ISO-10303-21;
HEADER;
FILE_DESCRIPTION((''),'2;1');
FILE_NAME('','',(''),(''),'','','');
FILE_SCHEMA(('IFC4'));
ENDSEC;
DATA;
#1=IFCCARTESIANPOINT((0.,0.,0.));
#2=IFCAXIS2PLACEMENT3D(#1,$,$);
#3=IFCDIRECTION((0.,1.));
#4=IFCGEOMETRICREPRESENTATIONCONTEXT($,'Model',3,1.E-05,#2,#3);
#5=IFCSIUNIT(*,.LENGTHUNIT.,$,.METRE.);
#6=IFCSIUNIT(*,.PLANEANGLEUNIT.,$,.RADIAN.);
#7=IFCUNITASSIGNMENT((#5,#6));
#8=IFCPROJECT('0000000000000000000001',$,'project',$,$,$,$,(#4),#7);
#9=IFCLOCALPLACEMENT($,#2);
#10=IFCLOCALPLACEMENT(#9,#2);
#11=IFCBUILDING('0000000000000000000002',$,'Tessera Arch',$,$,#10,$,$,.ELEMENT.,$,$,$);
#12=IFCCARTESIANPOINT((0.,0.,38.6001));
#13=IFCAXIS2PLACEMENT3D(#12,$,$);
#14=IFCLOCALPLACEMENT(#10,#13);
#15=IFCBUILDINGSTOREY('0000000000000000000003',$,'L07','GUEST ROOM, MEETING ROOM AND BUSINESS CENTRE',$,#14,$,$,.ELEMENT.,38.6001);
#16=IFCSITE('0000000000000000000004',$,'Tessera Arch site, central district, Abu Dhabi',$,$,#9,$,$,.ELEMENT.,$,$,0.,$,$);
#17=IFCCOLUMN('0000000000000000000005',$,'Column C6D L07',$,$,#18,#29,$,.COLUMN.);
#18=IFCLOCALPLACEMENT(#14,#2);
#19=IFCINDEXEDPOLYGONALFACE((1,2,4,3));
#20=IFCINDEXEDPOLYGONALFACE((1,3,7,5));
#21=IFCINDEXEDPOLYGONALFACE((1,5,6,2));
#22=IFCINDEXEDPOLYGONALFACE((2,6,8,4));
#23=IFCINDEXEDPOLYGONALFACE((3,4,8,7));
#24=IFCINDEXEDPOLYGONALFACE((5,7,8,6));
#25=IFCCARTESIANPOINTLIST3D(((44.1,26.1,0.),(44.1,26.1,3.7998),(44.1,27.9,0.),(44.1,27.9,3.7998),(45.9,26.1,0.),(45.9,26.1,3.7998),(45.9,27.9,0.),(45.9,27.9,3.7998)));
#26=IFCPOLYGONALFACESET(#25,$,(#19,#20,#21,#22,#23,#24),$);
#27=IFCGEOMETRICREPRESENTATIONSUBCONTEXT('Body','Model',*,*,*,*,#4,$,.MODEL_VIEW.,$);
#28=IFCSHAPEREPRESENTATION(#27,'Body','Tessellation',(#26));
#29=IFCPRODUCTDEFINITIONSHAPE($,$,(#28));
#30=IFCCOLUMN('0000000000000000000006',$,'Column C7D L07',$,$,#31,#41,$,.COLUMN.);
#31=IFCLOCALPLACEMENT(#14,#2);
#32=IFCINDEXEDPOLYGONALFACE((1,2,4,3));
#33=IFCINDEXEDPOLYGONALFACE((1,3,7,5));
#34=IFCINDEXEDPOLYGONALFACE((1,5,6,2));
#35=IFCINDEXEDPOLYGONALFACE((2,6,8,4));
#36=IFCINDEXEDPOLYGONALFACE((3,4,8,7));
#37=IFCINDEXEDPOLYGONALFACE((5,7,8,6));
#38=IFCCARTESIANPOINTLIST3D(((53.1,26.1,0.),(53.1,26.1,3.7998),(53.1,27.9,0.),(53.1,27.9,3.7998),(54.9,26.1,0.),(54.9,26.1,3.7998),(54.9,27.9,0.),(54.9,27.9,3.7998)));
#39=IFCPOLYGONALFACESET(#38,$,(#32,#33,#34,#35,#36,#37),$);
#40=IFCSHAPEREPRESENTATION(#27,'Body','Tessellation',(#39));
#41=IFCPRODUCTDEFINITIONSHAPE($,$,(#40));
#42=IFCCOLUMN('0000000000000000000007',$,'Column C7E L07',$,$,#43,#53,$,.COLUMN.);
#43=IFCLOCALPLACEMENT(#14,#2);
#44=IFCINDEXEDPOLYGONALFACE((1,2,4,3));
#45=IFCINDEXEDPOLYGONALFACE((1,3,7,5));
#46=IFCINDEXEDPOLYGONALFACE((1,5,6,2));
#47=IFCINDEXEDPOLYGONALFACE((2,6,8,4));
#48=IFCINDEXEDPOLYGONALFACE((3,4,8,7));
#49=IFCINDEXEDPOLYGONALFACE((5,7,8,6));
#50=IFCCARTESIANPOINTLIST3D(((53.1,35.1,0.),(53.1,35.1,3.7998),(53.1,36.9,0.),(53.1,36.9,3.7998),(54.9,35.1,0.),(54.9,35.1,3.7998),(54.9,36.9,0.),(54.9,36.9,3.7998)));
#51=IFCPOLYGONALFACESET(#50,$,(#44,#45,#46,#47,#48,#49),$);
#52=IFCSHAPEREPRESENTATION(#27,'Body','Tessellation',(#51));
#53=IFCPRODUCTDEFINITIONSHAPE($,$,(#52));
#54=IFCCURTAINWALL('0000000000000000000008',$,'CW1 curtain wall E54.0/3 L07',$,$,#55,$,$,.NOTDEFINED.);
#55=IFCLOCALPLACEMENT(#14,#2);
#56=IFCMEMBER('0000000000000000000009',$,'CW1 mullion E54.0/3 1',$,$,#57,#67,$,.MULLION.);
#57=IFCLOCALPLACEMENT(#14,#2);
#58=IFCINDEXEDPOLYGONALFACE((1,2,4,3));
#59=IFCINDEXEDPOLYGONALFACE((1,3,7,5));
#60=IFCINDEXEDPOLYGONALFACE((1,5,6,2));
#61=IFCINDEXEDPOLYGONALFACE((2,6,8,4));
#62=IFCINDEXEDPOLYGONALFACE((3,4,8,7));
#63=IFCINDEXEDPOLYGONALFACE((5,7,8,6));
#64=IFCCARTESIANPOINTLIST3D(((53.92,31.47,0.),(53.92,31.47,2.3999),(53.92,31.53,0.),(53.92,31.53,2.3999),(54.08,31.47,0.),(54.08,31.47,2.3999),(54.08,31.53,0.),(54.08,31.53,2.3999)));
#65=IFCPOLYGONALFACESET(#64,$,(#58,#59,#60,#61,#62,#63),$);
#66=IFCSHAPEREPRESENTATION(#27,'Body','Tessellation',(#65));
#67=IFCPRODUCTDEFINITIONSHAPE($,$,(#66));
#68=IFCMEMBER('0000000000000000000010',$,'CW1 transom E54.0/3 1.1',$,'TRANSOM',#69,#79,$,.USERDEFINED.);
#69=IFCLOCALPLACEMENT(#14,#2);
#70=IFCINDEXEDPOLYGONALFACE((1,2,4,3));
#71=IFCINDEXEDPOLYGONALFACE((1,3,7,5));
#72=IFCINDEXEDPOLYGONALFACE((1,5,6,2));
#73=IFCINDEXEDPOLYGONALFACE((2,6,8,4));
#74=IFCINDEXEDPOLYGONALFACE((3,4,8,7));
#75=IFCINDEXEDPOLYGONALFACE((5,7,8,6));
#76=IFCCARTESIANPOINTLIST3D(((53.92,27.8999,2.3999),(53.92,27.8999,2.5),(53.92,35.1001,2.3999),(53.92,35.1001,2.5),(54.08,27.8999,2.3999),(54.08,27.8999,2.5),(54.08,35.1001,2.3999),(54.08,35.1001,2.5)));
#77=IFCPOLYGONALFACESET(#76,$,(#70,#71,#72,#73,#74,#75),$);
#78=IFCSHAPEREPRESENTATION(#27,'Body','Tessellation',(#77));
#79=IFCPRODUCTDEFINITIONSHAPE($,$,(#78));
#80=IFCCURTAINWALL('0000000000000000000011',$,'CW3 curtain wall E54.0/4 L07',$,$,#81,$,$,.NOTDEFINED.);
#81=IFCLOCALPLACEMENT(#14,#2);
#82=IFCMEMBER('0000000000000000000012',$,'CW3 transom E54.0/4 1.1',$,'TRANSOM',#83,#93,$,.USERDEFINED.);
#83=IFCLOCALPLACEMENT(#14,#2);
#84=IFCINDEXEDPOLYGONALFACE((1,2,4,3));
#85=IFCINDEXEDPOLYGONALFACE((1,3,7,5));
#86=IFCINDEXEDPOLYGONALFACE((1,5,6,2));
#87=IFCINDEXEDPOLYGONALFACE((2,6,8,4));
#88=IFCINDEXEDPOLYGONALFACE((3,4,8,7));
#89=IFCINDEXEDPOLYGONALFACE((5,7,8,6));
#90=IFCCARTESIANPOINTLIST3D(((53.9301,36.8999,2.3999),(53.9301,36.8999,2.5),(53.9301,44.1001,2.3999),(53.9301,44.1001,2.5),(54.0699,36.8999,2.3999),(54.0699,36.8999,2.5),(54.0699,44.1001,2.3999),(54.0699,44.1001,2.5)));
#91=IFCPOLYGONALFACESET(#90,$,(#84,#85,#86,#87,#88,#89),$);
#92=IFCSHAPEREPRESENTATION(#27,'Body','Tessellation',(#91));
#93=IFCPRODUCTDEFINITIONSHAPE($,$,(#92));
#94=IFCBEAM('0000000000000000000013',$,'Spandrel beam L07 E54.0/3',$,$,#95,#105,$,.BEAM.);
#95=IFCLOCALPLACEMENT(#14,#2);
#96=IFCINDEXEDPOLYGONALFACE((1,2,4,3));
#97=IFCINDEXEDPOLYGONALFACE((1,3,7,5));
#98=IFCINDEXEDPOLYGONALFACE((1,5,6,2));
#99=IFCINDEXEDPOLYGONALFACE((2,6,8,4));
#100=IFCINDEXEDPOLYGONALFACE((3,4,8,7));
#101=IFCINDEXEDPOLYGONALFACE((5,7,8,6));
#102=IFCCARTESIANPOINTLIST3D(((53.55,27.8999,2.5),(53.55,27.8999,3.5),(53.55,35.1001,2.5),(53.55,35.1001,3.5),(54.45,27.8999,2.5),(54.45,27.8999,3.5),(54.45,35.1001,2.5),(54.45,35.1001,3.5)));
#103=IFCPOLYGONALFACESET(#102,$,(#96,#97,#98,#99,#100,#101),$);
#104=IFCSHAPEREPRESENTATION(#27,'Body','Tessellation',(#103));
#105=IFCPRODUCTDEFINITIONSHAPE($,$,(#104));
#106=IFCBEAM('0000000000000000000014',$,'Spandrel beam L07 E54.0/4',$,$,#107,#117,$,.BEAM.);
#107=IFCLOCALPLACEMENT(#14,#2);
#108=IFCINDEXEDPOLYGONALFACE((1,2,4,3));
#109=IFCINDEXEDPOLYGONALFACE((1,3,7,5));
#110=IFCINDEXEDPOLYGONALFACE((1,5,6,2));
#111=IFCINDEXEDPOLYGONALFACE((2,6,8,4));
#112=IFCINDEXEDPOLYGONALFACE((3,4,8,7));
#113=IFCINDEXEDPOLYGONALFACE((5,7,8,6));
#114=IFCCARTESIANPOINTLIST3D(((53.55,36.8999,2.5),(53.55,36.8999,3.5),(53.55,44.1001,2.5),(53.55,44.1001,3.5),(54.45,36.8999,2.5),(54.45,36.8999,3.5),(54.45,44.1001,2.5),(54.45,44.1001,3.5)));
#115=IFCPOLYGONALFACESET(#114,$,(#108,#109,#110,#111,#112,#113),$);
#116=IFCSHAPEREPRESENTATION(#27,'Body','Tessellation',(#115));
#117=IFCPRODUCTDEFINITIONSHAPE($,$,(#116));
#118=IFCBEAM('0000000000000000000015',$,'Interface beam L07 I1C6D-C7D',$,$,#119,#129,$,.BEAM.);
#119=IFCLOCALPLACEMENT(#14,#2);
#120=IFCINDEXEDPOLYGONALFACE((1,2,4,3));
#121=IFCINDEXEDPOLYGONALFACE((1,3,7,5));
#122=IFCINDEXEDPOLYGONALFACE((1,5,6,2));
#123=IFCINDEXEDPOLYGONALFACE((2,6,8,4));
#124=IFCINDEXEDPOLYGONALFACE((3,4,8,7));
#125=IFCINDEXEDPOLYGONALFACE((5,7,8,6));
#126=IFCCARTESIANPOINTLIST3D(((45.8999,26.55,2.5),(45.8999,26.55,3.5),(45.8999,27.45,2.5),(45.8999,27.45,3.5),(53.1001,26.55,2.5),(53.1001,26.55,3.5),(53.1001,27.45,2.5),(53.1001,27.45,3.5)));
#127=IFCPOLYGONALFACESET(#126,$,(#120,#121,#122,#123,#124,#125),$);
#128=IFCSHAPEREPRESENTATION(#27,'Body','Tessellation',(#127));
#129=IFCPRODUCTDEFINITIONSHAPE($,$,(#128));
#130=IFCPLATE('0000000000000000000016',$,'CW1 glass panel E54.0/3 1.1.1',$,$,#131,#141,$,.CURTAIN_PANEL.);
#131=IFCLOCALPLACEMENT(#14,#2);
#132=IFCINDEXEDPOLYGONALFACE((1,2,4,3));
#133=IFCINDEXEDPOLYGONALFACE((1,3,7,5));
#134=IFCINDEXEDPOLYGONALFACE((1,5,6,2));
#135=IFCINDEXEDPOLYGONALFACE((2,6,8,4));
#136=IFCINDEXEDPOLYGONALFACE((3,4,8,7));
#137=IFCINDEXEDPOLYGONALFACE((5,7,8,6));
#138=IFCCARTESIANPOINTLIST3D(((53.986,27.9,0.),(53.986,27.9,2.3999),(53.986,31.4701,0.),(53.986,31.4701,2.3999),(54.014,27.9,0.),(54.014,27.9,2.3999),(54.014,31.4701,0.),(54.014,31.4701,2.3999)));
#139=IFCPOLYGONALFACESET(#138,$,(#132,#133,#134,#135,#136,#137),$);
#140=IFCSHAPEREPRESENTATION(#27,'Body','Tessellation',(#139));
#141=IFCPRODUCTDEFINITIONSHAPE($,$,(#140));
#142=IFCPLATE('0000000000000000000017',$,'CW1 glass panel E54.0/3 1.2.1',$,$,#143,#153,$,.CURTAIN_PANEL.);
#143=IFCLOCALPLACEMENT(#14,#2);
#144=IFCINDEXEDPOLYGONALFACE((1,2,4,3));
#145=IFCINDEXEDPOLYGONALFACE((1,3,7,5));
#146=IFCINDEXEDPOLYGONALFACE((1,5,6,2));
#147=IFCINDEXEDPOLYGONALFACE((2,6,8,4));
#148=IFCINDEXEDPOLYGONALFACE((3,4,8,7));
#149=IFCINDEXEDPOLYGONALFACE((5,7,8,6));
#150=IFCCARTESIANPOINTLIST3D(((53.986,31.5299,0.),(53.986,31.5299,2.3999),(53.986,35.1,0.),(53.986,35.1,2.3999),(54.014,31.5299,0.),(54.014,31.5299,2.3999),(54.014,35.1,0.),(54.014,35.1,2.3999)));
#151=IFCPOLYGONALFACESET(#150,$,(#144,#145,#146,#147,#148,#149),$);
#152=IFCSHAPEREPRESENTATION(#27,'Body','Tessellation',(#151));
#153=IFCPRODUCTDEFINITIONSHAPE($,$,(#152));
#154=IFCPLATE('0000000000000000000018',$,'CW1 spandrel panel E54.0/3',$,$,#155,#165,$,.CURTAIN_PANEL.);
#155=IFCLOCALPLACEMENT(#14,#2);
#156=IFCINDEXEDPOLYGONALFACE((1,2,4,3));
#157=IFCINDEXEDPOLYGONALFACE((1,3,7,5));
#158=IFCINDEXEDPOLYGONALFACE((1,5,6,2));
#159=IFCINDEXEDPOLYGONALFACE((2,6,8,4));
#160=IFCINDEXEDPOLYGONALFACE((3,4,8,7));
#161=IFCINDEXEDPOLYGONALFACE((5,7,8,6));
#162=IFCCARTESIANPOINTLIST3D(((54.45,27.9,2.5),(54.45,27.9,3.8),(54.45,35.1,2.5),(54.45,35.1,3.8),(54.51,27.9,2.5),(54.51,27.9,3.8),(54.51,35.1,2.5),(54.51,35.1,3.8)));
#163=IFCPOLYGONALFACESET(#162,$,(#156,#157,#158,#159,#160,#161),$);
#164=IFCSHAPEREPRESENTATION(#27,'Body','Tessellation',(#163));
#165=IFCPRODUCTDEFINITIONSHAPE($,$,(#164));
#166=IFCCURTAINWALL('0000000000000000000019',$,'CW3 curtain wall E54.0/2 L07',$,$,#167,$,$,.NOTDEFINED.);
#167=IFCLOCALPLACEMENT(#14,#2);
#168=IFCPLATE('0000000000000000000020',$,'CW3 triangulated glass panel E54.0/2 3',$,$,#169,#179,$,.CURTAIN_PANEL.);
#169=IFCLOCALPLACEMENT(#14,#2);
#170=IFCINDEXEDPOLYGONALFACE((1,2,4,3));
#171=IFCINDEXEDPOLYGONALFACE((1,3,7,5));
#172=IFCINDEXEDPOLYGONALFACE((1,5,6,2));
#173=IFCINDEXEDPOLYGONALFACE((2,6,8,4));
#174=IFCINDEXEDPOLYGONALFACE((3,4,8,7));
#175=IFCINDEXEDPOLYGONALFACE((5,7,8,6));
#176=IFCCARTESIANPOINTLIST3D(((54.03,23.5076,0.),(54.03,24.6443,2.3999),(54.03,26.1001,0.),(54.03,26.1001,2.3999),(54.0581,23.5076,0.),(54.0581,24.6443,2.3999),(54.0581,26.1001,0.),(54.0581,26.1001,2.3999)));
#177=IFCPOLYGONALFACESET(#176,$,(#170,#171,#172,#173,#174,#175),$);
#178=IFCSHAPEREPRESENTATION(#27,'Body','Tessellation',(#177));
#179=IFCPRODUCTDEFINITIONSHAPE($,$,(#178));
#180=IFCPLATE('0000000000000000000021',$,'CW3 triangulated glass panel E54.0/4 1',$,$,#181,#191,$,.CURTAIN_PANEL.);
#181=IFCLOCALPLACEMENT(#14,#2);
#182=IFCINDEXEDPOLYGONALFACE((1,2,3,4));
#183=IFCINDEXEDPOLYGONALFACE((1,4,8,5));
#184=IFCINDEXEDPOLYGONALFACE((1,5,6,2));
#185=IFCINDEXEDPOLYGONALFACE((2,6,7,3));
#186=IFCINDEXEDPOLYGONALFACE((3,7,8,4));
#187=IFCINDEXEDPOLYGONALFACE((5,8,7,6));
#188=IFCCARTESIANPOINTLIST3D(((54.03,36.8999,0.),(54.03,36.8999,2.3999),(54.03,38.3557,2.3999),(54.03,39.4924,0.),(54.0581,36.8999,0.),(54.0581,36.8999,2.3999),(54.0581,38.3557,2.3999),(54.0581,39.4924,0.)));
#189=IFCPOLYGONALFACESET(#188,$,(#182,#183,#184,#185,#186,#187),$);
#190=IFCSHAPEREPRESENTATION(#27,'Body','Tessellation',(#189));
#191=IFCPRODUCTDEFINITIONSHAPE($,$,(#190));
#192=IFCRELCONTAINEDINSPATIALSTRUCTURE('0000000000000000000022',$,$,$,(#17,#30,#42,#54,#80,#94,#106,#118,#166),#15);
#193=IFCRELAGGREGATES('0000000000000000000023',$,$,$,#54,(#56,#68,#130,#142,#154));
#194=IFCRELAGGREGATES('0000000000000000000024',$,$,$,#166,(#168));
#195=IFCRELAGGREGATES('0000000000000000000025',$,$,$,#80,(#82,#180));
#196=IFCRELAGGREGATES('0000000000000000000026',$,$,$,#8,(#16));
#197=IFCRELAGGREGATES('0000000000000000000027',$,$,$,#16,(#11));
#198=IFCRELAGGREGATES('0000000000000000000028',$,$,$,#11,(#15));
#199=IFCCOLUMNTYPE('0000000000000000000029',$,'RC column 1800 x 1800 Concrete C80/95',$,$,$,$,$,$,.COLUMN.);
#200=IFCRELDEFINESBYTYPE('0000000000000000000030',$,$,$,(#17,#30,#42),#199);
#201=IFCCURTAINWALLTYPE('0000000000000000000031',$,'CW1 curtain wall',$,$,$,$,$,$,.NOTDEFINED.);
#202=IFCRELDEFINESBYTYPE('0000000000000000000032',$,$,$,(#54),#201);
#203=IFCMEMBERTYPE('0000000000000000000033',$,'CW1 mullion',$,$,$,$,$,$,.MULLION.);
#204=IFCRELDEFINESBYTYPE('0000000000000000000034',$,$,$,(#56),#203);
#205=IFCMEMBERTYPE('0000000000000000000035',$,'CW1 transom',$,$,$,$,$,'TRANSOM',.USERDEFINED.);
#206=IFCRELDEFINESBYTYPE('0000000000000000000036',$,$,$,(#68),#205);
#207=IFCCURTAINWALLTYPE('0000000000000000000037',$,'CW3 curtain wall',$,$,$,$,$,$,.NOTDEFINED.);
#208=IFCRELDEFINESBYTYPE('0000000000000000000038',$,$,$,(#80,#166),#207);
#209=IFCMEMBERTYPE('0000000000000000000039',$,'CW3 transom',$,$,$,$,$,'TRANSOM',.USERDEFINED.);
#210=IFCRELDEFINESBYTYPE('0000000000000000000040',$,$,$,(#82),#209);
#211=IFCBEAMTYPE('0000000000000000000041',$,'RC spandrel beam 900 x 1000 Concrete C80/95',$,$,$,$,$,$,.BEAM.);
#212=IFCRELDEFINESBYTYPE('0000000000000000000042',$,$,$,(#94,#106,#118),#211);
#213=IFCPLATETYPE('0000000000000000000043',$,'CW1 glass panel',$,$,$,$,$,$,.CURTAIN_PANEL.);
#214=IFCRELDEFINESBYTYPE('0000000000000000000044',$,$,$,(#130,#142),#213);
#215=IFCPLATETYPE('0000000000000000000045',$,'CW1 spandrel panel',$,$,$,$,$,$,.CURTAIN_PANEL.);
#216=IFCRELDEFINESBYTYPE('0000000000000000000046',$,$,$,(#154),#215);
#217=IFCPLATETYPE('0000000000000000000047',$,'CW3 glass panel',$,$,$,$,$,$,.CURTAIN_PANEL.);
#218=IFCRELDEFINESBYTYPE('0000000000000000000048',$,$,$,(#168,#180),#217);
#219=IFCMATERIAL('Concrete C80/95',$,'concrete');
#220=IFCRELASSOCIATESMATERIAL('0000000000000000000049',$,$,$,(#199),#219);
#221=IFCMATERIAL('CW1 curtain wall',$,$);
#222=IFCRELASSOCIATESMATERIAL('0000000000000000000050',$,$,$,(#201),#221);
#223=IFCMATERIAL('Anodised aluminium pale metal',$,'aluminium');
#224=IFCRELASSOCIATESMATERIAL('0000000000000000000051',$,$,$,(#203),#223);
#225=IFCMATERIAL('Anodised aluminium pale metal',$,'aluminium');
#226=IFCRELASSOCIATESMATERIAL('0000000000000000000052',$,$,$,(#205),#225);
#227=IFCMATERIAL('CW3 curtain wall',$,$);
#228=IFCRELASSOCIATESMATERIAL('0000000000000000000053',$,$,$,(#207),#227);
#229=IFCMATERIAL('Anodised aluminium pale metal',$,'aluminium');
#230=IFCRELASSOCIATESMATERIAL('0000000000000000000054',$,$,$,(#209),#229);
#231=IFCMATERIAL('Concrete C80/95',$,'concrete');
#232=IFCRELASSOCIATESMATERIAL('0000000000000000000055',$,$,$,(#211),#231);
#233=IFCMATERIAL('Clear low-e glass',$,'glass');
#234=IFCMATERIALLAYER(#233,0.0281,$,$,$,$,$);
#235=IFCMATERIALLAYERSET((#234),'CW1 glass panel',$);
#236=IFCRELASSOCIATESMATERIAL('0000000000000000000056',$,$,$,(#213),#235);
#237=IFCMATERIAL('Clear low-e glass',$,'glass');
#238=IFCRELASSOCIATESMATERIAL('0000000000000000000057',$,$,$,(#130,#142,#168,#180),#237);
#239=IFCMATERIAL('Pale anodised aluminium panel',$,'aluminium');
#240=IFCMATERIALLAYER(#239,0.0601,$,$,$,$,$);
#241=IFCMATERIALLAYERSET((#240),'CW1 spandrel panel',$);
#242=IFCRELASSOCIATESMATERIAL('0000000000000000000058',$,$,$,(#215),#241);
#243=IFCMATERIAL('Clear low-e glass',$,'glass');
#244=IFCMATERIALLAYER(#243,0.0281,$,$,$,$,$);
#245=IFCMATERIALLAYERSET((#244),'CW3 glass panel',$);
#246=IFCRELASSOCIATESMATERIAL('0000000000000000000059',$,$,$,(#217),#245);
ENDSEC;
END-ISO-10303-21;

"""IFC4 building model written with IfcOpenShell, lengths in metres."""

from ifc_helpers import new_model, si_unit, direction, frame, origin, origin_2d, place, context, subcontext, project, spatial, polyline, rectangle, outline, extrude, material, layer, layer_set, material_profile, profile_set, type_object, element, aggregate, save


model = new_model("IFC4")

# Units and contexts
model_context = context("Model", 3, precision=1e-05, world=origin(), true_north=direction((0.0, 1.0)))
body_context = subcontext(model_context, "Body", "Model", "MODEL_VIEW")
ifc_project = project(units=[si_unit("LENGTHUNIT", "METRE"), si_unit("PLANEANGLEUNIT", "RADIAN")], contexts=[model_context])

# Site, building, storey
site_placement = place(None, origin())
site = spatial("IfcSite", under=ifc_project, at=site_placement, Name="Tessera Arch site, central district, Abu Dhabi", CompositionType="ELEMENT", RefElevation=0.0)
building_placement = place(site_placement, origin())
building = spatial("IfcBuilding", under=site, at=building_placement, Name="Tessera Arch", CompositionType="ELEMENT")
storey_placement = place(building_placement, frame((0.0, 0.0, 38.6001)))
storey = spatial("IfcBuildingStorey", under=building, at=storey_placement, Name="L07", Description="GUEST ROOM, MEETING ROOM AND BUSINESS CENTRE", CompositionType="ELEMENT", Elevation=38.6001)

# Columns
ifc_material_1 = material(Name="Concrete C80/95", Category="concrete")
ifc_material_profile_1 = material_profile(ifc_material_1, rectangle(XDim=1.8, YDim=1.8, at=origin_2d()), Name="RC column 1800 x 1800 Concrete C80/95")
ifc_profile_set_1 = profile_set([ifc_material_profile_1], Name="Concrete C80/95")
column_type = type_object("IfcColumnType", Name="RC column 1800 x 1800 Concrete C80/95", PredefinedType="COLUMN", material=ifc_profile_set_1)
for number, where, z_axis, x_axis, name in (
    (1, (45.0, 27.0, 0.0), (0.0, 0.0, 1.0), (1.0, 0.0, 0.0), "Column C6D L07"),
    (2, (54.0, 27.0, 0.0), (0.0, 0.0, 1.0), (1.0, 0.0, 0.0), "Column C7D L07"),
    (3, (54.0, 36.0, 0.0), (0.0, 0.0, 1.0), (1.0, 0.0, 0.0), "Column C7E L07"),
):
    element("IfcColumn", number, at=place(storey_placement, frame(where, z_axis=z_axis, x_axis=x_axis)), inside=storey, type_object=column_type, Name=name, PredefinedType="COLUMN", context=body_context, shape_type="SweptSolid", body=[
        extrude(rectangle(XDim=1.8, YDim=1.8, at=origin_2d()), origin(), (0.0, 0.0, 1.0), 3.7998),
    ])

# Curtain wall, members
ifc_material_2 = material(Name="CW1 curtain wall")
curtain_wall_type_1 = type_object("IfcCurtainWallType", Name="CW1 curtain wall", PredefinedType="NOTDEFINED", material=ifc_material_2)
curtain_wall_1_placement = place(storey_placement, origin())
curtain_wall_1 = element("IfcCurtainWall", 4, at=curtain_wall_1_placement, inside=storey, type_object=curtain_wall_type_1, Name="CW1 curtain wall E54.0/3 L07", PredefinedType="NOTDEFINED")
ifc_material_3 = material(Name="Anodised aluminium pale metal", Category="aluminium")
ifc_material_profile_2 = material_profile(ifc_material_3, rectangle(XDim=0.1599, YDim=0.0601, at=origin_2d()), Name="AL 60x160")
ifc_profile_set_2 = profile_set([ifc_material_profile_2], Name="Anodised aluminium pale metal")
member_type_1 = type_object("IfcMemberType", Name="CW1 mullion", PredefinedType="MULLION", material=ifc_profile_set_2)
member_1_placement = place(storey_placement, frame((54.0, 31.5, 0.0), z_axis=(0.0, 0.0, 1.0), x_axis=(-1.0, 0.0, 0.0)))
member_1 = element("IfcMember", 5, at=member_1_placement, type_object=member_type_1, Name="CW1 mullion E54.0/3 1", PredefinedType="MULLION", context=body_context, shape_type="SweptSolid", body=[
    extrude(rectangle(XDim=0.1599, YDim=0.0601, at=origin_2d()), origin(), (0.0, 0.0, 1.0), 2.3999),
])
ifc_material_4 = material(Name="Anodised aluminium pale metal", Category="aluminium")
ifc_material_profile_3 = material_profile(ifc_material_4, rectangle(XDim=0.1599, YDim=0.1001, at=origin_2d()), Name="AL 160x100")
ifc_profile_set_3 = profile_set([ifc_material_profile_3], Name="Anodised aluminium pale metal")
member_type_2 = type_object("IfcMemberType", Name="CW1 transom", ElementType="TRANSOM", PredefinedType="USERDEFINED", material=ifc_profile_set_3)
member_2_placement = place(storey_placement, frame((54.0, 27.8999, 2.45), z_axis=(0.0, 1.0, 0.0), x_axis=(-1.0, 0.0, 0.0)))
member_2 = element("IfcMember", 6, at=member_2_placement, type_object=member_type_2, Name="CW1 transom E54.0/3 1.1", ObjectType="TRANSOM", PredefinedType="USERDEFINED", context=body_context, shape_type="SweptSolid", body=[
    extrude(rectangle(XDim=0.1599, YDim=0.1001, at=origin_2d()), origin(), (0.0, 0.0, 1.0), 7.2002),
])

# Curtain wall, member
ifc_material_5 = material(Name="CW3 curtain wall")
curtain_wall_type_2 = type_object("IfcCurtainWallType", Name="CW3 curtain wall", PredefinedType="NOTDEFINED", material=ifc_material_5)
curtain_wall_2_placement = place(storey_placement, origin())
curtain_wall_2 = element("IfcCurtainWall", 7, at=curtain_wall_2_placement, inside=storey, type_object=curtain_wall_type_2, Name="CW3 curtain wall E54.0/4 L07", PredefinedType="NOTDEFINED")
ifc_material_6 = material(Name="Anodised aluminium pale metal", Category="aluminium")
ifc_material_profile_4 = material_profile(ifc_material_6, rectangle(XDim=0.1399, YDim=0.1001, at=origin_2d()), Name="AL 140x100")
ifc_profile_set_4 = profile_set([ifc_material_profile_4], Name="Anodised aluminium pale metal")
member_type_3 = type_object("IfcMemberType", Name="CW3 transom", ElementType="TRANSOM", PredefinedType="USERDEFINED", material=ifc_profile_set_4)
member_3_placement = place(storey_placement, frame((54.0, 36.8999, 2.45), z_axis=(0.0, 1.0, 0.0), x_axis=(-1.0, 0.0, 0.0)))
member_3 = element("IfcMember", 8, at=member_3_placement, type_object=member_type_3, Name="CW3 transom E54.0/4 1.1", ObjectType="TRANSOM", PredefinedType="USERDEFINED", context=body_context, shape_type="SweptSolid", body=[
    extrude(rectangle(XDim=0.1399, YDim=0.1001, at=origin_2d()), origin(), (0.0, 0.0, 1.0), 7.2002),
])

# Beams
ifc_material_7 = material(Name="Concrete C80/95", Category="concrete")
ifc_material_profile_5 = material_profile(ifc_material_7, rectangle(XDim=0.8999, YDim=1.0, at=origin_2d()), Name="RC spandrel beam 900 x 1000 Concrete C80/95")
ifc_profile_set_5 = profile_set([ifc_material_profile_5], Name="Concrete C80/95")
beam_type = type_object("IfcBeamType", Name="RC spandrel beam 900 x 1000 Concrete C80/95", PredefinedType="BEAM", material=ifc_profile_set_5)
for number, where, z_axis, x_axis, name in (
    (9, (54.0, 27.8999, 3.0), (0.0, 1.0, 0.0), (-1.0, 0.0, 0.0), "Spandrel beam L07 E54.0/3"),
    (10, (54.0, 36.8999, 3.0), (0.0, 1.0, 0.0), (-1.0, 0.0, 0.0), "Spandrel beam L07 E54.0/4"),
    (11, (45.8999, 27.0, 3.0), (1.0, 0.0, 0.0), (0.0, 1.0, 0.0), "Interface beam L07 I1C6D-C7D"),
):
    element("IfcBeam", number, at=place(storey_placement, frame(where, z_axis=z_axis, x_axis=x_axis)), inside=storey, type_object=beam_type, Name=name, PredefinedType="BEAM", context=body_context, shape_type="SweptSolid", body=[
        extrude(rectangle(XDim=0.8999, YDim=1.0, at=origin_2d()), origin(), (0.0, 0.0, 1.0), 7.2002),
    ])

# Plates
ifc_material_8 = material(Name="Clear low-e glass", Category="glass")
ifc_material_9 = material(Name="Clear low-e glass", Category="glass")
ifc_layer_1 = layer(ifc_material_9, 0.0281)
ifc_layer_set_1 = layer_set([ifc_layer_1], Name="CW1 glass panel")
plate_type_1 = type_object("IfcPlateType", Name="CW1 glass panel", PredefinedType="CURTAIN_PANEL", material=ifc_layer_set_1)
plate_1_placement = place(storey_placement, frame((54.0, 29.6851, 0.0), z_axis=(0.0, 0.0, 1.0), x_axis=(0.0, 1.0, 0.0)))
plate_1 = element("IfcPlate", 12, at=plate_1_placement, type_object=plate_type_1, material=ifc_material_8, Name="CW1 glass panel E54.0/3 1.1.1", PredefinedType="CURTAIN_PANEL", context=body_context, shape_type="SweptSolid", body=[
    extrude(rectangle(XDim=3.5701, YDim=0.0281, at=origin_2d()), origin(), (0.0, 0.0, 1.0), 2.3999),
])
plate_2_placement = place(storey_placement, frame((54.0, 33.3149, 0.0), z_axis=(0.0, 0.0, 1.0), x_axis=(0.0, 1.0, 0.0)))
plate_2 = element("IfcPlate", 13, at=plate_2_placement, type_object=plate_type_1, material=ifc_material_8, Name="CW1 glass panel E54.0/3 1.2.1", PredefinedType="CURTAIN_PANEL", context=body_context, shape_type="SweptSolid", body=[
    extrude(rectangle(XDim=3.5701, YDim=0.0281, at=origin_2d()), origin(), (0.0, 0.0, 1.0), 2.3999),
])
ifc_material_10 = material(Name="Pale anodised aluminium panel", Category="aluminium")
ifc_layer_2 = layer(ifc_material_10, 0.0601)
ifc_layer_set_2 = layer_set([ifc_layer_2], Name="CW1 spandrel panel")
plate_type_2 = type_object("IfcPlateType", Name="CW1 spandrel panel", PredefinedType="CURTAIN_PANEL", material=ifc_layer_set_2)
plate_3_placement = place(storey_placement, frame((54.48, 31.5, 2.5), z_axis=(0.0, 0.0, 1.0), x_axis=(0.0, 1.0, 0.0)))
plate_3 = element("IfcPlate", 14, at=plate_3_placement, type_object=plate_type_2, Name="CW1 spandrel panel E54.0/3", PredefinedType="CURTAIN_PANEL", context=body_context, shape_type="SweptSolid", body=[
    extrude(rectangle(XDim=7.2, YDim=0.0601, at=origin_2d()), origin(), (0.0, 0.0, 1.0), 1.3),
])
aggregate(curtain_wall_1, [member_1, member_2, plate_1, plate_2, plate_3])

# Curtain wall, plate
curtain_wall_3_placement = place(storey_placement, origin())
curtain_wall_3 = element("IfcCurtainWall", 15, at=curtain_wall_3_placement, inside=storey, type_object=curtain_wall_type_2, Name="CW3 curtain wall E54.0/2 L07", PredefinedType="NOTDEFINED")
ifc_material_11 = material(Name="Clear low-e glass", Category="glass")
ifc_layer_3 = layer(ifc_material_11, 0.0281)
ifc_layer_set_3 = layer_set([ifc_layer_3], Name="CW3 glass panel")
plate_type_3 = type_object("IfcPlateType", Name="CW3 glass panel", PredefinedType="CURTAIN_PANEL", material=ifc_layer_set_3)
plate_4_placement = place(storey_placement, frame((54.0581, 26.1001, 2.3999), z_axis=(1.0, 0.0, 0.0), x_axis=(0.0, -1.0, 0.0)))
plate_4 = element("IfcPlate", 16, at=plate_4_placement, type_object=plate_type_3, material=ifc_material_8, Name="CW3 triangulated glass panel E54.0/2 3", PredefinedType="CURTAIN_PANEL", context=body_context, shape_type="SweptSolid", body=[
    extrude(outline(polyline([(0.0, 0.0), (1.4558, 0.0), (2.5925, 2.3999), (0.0, 2.3999), (0.0, 0.0)])), origin(), (0.0, 0.0, -1.0), 0.0281),
])
aggregate(curtain_wall_3, [plate_4])

# Plate
plate_5_placement = place(storey_placement, frame((54.0581, 36.8999, 0.0), z_axis=(1.0, 0.0, 0.0), x_axis=(0.0, 1.0, 0.0)))
plate_5 = element("IfcPlate", 17, at=plate_5_placement, type_object=plate_type_3, material=ifc_material_8, Name="CW3 triangulated glass panel E54.0/4 1", PredefinedType="CURTAIN_PANEL", context=body_context, shape_type="SweptSolid", body=[
    extrude(outline(polyline([(0.0, 0.0), (2.5925, 0.0), (1.4558, 2.3999), (0.0, 2.3999), (0.0, 0.0)])), origin(), (0.0, 0.0, -1.0), 0.0281),
])
aggregate(curtain_wall_2, [member_3, plate_5])

save(model, "model.ifc")
